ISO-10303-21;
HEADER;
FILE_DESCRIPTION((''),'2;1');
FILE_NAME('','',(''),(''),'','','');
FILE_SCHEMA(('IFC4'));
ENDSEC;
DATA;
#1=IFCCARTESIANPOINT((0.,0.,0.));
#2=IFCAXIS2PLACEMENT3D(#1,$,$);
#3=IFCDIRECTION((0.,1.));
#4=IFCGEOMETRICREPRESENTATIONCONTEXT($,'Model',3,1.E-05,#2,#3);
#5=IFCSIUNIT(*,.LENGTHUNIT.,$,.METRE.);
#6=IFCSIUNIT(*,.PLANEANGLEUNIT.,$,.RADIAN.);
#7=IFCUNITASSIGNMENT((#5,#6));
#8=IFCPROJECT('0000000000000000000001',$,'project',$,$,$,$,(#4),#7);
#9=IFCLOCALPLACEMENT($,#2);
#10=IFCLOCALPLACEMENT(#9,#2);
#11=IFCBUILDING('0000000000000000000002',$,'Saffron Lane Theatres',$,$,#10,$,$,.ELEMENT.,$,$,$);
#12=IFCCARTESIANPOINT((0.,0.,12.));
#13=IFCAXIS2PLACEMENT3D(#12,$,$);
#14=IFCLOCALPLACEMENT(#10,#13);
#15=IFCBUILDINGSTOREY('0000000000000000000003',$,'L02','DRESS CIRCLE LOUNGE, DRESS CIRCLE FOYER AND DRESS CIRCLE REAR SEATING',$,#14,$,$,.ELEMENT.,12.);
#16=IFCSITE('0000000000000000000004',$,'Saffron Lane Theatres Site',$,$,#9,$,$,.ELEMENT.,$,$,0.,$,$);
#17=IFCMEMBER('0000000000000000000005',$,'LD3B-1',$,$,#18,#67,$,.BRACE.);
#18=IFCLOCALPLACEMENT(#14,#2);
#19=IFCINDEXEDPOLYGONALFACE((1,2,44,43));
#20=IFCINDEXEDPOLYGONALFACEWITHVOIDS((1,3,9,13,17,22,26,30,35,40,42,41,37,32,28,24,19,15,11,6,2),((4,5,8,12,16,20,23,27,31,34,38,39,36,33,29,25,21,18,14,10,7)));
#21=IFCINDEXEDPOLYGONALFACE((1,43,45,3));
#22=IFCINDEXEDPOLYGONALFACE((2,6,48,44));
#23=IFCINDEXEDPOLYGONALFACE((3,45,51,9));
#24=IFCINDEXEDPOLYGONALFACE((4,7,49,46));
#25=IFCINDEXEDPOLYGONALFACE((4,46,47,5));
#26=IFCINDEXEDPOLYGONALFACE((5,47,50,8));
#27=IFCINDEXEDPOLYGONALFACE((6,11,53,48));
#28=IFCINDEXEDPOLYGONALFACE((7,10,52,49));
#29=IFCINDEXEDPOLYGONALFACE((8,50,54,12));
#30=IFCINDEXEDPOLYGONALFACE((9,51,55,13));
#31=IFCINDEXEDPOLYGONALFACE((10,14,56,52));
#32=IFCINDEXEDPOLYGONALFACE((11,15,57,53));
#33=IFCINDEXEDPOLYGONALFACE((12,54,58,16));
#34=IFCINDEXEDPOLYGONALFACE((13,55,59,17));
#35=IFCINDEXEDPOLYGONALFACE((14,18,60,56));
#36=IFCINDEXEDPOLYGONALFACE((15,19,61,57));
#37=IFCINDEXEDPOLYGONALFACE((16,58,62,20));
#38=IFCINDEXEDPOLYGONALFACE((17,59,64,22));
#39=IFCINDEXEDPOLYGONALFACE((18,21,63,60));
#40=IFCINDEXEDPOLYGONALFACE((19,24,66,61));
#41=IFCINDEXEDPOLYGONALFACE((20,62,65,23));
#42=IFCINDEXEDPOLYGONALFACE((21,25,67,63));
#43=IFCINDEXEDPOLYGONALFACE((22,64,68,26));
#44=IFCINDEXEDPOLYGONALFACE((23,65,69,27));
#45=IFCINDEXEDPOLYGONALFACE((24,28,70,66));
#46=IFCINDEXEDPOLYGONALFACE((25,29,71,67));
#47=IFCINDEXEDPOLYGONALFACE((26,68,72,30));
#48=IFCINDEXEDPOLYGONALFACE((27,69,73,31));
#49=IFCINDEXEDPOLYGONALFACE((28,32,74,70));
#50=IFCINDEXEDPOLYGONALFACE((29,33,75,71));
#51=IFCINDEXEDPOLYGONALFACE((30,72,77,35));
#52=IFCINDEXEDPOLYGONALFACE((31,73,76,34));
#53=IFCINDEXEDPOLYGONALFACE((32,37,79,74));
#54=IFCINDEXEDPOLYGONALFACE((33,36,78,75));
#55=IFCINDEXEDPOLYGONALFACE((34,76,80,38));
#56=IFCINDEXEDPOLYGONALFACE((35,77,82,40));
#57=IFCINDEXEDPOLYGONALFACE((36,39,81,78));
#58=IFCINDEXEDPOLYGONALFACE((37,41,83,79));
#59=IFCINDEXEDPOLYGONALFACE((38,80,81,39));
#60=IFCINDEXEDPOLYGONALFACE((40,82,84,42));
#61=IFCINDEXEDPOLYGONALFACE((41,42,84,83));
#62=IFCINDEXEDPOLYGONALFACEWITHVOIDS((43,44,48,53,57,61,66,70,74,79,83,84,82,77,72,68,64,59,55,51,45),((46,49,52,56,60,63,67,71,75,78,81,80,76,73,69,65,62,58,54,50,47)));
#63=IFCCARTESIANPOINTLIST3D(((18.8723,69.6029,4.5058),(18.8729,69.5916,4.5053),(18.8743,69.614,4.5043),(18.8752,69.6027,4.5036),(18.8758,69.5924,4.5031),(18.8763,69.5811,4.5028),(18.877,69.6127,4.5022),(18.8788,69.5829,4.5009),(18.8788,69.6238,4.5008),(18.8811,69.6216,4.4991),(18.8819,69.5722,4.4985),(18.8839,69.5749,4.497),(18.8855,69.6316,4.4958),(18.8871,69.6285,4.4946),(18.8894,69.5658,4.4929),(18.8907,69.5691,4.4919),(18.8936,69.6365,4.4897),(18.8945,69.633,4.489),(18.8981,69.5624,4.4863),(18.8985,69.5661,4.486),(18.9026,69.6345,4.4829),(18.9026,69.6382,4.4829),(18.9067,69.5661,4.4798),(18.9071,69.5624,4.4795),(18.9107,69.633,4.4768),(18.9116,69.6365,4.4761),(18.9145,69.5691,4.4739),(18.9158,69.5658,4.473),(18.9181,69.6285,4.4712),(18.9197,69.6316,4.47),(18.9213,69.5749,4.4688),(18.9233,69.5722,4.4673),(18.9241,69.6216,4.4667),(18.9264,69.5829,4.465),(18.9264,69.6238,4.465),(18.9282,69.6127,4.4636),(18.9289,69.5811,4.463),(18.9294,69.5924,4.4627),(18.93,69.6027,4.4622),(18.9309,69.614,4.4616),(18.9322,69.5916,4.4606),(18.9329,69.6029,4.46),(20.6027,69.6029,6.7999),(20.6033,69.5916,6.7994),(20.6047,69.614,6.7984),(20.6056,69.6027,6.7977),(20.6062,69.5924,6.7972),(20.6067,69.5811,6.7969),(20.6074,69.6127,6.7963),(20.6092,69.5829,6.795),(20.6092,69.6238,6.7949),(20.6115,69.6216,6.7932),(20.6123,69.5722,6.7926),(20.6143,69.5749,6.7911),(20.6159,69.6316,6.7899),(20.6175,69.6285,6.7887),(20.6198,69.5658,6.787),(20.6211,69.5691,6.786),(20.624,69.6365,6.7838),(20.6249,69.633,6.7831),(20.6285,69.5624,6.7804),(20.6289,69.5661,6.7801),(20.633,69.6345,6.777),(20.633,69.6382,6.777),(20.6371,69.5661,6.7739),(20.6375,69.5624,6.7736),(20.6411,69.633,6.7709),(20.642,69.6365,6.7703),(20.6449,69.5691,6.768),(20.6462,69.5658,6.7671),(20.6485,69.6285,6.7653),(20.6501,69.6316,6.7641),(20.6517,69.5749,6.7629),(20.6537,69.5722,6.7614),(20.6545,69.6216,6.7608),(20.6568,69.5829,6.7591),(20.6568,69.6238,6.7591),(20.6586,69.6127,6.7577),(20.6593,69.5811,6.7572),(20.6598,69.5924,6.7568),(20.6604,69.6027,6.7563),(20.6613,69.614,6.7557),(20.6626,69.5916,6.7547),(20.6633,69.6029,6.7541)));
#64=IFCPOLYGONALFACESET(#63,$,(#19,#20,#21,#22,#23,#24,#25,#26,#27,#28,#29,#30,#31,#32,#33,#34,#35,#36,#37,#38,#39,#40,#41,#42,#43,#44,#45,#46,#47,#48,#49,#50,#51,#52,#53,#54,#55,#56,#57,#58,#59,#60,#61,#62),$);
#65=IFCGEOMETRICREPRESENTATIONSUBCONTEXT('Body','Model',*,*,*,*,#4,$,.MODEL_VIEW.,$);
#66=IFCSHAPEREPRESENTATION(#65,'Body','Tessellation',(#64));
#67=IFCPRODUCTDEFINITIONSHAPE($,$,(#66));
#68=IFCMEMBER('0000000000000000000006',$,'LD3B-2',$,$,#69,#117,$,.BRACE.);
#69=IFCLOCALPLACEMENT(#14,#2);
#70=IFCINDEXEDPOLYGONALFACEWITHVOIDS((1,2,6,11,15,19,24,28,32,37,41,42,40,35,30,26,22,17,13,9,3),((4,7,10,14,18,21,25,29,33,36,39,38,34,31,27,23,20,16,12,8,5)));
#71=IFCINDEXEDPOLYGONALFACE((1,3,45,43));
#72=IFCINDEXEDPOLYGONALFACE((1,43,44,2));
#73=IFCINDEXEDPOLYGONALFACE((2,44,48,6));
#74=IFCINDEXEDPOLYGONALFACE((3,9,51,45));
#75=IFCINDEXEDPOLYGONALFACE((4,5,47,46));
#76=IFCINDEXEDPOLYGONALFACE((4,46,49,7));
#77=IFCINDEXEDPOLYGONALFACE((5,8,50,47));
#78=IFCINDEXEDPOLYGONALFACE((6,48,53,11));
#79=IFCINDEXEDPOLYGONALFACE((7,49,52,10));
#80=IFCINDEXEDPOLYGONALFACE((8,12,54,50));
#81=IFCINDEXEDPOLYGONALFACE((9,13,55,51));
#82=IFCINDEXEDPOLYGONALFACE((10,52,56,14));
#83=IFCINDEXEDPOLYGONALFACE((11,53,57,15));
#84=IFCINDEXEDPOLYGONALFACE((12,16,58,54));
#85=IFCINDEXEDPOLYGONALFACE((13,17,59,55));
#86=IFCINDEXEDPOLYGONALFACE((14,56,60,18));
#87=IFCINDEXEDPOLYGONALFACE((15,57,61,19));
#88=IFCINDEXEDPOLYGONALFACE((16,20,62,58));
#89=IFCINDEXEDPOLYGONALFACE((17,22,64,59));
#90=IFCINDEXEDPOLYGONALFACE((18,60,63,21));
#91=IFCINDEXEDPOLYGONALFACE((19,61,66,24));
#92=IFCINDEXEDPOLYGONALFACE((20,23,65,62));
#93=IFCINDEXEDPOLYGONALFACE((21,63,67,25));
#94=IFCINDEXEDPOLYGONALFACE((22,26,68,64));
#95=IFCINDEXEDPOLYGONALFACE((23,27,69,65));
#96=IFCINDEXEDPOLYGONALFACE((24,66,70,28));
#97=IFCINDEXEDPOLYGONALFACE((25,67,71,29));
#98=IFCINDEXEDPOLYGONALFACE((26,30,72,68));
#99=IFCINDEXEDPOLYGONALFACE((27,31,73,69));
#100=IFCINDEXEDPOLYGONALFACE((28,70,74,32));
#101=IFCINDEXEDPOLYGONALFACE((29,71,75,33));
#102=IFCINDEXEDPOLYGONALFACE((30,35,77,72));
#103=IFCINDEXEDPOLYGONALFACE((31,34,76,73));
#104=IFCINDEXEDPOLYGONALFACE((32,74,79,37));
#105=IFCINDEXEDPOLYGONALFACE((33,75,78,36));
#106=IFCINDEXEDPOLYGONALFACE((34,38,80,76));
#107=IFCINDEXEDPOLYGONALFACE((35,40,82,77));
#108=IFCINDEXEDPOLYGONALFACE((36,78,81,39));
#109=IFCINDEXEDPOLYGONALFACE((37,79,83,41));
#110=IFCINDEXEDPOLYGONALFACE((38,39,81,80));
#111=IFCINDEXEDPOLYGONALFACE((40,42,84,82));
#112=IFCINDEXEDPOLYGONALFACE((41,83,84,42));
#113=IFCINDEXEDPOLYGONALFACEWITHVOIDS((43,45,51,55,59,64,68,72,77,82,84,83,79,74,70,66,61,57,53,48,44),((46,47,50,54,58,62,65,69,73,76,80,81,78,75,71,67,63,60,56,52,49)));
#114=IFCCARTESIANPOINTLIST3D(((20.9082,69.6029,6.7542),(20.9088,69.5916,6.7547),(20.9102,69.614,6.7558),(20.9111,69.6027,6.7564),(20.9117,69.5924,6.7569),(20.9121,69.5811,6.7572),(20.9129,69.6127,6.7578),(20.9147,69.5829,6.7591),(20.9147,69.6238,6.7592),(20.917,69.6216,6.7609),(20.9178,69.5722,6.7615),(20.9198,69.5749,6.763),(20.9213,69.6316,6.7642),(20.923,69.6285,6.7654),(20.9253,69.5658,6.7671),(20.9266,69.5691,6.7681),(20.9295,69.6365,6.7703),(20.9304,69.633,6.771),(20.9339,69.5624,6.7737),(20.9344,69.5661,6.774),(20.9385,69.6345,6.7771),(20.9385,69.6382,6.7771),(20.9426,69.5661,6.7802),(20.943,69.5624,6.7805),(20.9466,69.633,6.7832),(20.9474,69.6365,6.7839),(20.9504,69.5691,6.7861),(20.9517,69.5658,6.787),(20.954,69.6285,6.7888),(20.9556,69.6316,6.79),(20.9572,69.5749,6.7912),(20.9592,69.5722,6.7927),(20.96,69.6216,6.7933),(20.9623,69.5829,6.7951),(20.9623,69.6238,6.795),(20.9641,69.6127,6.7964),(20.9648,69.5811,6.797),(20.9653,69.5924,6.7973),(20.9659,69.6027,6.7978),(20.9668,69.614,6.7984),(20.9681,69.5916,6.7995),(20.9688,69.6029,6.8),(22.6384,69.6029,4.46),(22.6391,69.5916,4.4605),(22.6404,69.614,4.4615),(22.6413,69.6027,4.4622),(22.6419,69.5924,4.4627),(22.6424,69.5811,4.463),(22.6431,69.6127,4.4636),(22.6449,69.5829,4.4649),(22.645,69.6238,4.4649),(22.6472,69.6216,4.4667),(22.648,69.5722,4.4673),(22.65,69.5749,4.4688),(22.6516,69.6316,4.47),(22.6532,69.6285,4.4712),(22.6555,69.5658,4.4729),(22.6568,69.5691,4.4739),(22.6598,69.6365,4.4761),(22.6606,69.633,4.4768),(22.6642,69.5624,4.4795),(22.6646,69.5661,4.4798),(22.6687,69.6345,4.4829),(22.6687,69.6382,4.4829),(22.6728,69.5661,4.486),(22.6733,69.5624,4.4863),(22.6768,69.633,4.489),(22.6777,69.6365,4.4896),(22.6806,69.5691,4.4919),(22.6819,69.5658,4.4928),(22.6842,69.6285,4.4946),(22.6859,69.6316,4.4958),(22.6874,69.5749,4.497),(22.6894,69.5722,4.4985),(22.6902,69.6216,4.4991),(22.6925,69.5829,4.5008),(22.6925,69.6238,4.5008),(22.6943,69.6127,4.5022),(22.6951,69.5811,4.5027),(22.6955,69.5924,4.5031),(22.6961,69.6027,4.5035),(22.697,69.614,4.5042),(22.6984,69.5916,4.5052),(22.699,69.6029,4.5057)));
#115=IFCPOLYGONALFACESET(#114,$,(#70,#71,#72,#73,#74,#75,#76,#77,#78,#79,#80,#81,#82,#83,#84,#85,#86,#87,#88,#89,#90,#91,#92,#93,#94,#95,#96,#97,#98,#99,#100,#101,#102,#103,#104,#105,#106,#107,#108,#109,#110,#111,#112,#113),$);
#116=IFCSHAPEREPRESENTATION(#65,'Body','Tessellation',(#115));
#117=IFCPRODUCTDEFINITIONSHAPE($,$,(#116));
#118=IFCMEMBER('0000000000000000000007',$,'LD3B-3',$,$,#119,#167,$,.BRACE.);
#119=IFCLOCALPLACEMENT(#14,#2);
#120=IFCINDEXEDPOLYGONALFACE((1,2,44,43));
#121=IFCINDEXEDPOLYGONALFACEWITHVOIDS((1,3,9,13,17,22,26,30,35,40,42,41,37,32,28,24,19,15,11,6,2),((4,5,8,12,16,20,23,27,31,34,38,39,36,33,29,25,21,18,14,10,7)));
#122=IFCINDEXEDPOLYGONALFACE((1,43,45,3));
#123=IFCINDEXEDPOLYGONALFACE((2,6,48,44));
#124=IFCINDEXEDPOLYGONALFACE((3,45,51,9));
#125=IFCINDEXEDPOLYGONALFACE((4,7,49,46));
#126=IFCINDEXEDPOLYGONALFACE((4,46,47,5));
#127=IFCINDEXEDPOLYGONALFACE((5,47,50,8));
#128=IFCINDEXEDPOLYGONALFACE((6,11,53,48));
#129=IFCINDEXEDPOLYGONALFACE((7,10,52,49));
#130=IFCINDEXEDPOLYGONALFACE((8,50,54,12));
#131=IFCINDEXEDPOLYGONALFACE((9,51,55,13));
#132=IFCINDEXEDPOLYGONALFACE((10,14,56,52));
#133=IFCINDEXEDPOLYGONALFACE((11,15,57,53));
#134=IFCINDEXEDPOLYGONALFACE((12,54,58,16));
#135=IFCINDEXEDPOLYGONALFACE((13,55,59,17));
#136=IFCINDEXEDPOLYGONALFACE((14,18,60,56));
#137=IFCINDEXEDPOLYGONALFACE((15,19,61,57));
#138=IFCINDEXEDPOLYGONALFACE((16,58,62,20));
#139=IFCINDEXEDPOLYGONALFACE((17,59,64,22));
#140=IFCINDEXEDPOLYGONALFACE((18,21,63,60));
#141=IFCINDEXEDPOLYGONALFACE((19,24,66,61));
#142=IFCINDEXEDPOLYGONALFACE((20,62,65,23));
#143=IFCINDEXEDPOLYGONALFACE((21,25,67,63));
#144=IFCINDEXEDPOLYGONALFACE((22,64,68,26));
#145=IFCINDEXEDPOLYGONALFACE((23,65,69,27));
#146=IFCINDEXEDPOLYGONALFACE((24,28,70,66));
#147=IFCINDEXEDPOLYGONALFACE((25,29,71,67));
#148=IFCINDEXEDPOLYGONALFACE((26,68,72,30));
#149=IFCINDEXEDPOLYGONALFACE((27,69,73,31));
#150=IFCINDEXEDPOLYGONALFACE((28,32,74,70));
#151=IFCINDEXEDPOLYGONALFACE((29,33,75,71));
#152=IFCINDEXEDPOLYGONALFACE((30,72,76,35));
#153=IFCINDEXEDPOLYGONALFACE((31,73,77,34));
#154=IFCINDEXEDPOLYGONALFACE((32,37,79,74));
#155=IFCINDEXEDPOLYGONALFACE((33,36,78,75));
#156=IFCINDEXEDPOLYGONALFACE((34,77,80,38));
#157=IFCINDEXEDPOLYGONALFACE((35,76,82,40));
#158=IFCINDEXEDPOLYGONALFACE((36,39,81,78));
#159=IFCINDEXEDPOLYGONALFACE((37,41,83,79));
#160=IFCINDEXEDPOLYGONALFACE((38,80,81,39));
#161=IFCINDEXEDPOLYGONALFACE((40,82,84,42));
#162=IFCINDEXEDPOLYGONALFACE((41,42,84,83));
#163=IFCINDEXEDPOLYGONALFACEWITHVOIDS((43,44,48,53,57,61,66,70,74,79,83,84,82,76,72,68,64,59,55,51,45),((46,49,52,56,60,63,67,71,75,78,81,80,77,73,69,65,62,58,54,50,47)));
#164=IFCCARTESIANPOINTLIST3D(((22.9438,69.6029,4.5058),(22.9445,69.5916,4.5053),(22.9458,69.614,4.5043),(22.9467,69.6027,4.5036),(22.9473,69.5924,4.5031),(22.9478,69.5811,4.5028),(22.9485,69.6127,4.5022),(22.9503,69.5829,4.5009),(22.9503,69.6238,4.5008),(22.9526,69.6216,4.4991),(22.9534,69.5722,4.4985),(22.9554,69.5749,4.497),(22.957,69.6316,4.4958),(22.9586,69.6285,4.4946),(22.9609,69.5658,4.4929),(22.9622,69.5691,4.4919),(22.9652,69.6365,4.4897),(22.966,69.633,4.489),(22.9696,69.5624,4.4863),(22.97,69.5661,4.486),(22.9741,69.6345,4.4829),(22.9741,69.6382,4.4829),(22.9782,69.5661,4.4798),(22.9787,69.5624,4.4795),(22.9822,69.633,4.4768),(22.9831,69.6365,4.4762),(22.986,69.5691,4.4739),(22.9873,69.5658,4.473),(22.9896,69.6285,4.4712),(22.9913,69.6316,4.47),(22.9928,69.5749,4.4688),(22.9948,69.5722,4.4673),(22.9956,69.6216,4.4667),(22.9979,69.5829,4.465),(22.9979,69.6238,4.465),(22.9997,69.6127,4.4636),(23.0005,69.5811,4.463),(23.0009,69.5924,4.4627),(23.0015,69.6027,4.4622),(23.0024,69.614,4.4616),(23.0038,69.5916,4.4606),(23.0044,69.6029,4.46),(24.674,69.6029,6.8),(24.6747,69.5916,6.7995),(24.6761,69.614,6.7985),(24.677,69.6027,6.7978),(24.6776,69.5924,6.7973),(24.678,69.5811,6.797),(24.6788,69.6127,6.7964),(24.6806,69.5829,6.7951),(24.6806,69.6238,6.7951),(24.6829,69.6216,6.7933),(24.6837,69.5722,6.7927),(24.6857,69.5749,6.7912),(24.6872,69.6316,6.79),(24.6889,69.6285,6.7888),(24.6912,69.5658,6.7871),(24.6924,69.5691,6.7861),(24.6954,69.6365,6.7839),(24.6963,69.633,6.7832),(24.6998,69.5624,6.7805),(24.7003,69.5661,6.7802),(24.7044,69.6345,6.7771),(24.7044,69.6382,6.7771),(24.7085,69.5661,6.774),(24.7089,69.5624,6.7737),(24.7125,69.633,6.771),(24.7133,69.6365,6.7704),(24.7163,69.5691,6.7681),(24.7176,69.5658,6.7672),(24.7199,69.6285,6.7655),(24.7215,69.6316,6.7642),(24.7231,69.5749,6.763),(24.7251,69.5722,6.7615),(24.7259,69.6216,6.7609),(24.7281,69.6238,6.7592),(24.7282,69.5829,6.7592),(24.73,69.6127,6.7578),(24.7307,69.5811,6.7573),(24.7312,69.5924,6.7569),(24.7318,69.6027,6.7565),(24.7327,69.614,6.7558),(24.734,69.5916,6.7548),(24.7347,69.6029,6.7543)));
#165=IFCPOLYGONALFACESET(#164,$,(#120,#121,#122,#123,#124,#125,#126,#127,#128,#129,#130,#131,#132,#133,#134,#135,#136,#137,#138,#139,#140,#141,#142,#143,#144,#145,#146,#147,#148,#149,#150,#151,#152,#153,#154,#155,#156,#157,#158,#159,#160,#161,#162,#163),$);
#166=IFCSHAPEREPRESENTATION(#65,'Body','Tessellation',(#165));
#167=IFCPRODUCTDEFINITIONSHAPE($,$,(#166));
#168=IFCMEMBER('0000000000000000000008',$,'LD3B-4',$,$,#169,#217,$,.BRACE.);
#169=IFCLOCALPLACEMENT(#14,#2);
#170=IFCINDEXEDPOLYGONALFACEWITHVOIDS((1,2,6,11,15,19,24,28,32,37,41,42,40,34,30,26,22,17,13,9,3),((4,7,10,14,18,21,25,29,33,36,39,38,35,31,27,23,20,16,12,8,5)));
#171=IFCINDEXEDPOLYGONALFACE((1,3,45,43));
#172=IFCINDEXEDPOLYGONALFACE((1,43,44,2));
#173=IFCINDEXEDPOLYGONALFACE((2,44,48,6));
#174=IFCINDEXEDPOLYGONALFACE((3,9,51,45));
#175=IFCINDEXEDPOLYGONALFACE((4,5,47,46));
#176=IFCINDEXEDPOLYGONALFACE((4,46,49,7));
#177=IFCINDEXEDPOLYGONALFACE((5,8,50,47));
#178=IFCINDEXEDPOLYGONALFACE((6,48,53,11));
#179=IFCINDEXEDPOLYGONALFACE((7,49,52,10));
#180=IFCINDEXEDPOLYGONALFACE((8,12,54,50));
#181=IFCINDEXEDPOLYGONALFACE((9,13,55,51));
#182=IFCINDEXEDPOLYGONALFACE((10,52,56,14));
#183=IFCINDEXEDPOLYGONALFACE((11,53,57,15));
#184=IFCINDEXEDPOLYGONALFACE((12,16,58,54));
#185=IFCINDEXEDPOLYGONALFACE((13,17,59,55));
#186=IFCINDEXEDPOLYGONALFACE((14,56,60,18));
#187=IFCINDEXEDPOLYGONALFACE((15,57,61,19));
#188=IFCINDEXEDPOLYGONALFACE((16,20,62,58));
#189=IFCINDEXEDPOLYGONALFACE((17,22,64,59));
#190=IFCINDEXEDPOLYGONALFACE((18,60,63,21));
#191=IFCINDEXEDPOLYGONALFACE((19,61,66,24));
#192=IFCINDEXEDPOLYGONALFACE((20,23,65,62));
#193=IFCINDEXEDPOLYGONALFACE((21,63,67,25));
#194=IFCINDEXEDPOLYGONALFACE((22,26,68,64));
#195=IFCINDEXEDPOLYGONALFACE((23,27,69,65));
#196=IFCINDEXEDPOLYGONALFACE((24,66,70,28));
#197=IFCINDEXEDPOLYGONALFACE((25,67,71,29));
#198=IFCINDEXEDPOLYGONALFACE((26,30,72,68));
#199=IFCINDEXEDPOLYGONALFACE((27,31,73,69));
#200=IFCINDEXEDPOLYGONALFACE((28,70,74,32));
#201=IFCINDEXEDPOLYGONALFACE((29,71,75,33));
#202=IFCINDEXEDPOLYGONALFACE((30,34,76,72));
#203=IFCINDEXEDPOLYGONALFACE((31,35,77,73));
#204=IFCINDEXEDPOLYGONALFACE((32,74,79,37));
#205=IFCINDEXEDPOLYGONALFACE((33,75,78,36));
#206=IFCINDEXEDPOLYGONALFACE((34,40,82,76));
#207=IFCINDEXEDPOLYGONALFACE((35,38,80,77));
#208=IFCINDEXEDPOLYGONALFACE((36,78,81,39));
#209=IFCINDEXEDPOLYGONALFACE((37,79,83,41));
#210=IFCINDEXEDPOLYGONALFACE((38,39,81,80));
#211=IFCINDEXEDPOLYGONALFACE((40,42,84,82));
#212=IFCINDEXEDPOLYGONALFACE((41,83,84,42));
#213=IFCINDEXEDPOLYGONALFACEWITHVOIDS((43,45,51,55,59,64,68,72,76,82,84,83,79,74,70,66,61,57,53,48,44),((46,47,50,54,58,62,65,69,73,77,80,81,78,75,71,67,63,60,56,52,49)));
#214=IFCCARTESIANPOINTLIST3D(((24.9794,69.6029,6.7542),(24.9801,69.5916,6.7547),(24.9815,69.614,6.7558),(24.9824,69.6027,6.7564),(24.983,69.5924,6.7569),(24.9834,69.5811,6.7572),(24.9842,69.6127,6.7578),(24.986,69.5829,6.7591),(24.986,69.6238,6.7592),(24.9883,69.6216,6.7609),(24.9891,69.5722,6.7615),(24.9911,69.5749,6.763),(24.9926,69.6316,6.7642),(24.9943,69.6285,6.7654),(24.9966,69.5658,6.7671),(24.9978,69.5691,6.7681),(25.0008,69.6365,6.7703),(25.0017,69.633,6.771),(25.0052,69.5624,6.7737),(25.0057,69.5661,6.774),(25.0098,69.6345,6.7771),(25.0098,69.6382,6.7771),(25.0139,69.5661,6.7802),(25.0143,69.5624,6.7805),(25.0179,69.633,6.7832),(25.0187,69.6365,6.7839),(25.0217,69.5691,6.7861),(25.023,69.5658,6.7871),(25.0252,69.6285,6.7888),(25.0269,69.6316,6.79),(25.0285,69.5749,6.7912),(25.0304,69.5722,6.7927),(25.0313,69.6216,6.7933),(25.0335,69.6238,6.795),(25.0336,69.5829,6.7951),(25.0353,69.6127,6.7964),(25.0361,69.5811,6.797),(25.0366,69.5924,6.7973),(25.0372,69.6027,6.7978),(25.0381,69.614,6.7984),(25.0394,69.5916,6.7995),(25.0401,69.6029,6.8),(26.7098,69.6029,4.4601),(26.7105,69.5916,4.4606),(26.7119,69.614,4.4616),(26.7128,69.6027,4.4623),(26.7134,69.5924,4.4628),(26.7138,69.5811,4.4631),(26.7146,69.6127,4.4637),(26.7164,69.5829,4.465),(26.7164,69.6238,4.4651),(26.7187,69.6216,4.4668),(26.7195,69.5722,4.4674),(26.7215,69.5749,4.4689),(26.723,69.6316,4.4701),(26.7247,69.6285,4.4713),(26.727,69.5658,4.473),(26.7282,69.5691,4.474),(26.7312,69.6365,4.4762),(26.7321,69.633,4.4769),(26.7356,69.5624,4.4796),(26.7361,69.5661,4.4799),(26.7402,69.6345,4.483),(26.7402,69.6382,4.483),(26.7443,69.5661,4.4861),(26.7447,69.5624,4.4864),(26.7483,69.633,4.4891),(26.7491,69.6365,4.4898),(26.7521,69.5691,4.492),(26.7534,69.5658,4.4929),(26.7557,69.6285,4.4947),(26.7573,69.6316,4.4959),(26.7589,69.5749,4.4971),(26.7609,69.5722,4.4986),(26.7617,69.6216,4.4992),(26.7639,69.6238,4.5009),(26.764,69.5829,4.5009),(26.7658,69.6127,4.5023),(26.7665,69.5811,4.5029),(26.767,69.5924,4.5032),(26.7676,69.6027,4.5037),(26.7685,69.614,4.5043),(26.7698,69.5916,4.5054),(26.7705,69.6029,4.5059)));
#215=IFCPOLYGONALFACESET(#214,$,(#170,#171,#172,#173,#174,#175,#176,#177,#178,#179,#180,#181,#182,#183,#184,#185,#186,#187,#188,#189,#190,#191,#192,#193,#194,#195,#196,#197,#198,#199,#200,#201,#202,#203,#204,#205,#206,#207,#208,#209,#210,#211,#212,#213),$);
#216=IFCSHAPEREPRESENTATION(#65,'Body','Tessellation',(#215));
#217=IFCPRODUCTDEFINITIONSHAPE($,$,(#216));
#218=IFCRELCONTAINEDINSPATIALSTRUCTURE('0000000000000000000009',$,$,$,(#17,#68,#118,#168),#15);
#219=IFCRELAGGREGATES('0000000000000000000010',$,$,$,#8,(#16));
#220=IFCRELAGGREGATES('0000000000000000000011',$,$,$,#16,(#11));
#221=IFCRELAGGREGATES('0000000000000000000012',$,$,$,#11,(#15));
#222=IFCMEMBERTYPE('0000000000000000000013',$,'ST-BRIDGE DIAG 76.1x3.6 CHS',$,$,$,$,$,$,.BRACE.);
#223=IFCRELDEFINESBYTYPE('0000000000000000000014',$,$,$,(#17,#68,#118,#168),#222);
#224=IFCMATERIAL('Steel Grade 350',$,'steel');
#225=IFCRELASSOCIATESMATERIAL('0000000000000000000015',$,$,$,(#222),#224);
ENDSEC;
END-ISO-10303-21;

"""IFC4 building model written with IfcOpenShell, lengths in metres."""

from ifc_helpers import new_model, si_unit, direction, frame, origin, origin_2d, place, context, subcontext, project, spatial, hollow_circle, extrude, material, material_profile, profile_set, type_object, element, save


model = new_model("IFC4")

# Units and contexts
model_context = context("Model", 3, precision=1e-05, world=origin(), true_north=direction((0.0, 1.0)))
body_context = subcontext(model_context, "Body", "Model", "MODEL_VIEW")
ifc_project = project(units=[si_unit("LENGTHUNIT", "METRE"), si_unit("PLANEANGLEUNIT", "RADIAN")], contexts=[model_context])

# Site, building, storey
site_placement = place(None, origin())
site = spatial("IfcSite", under=ifc_project, at=site_placement, Name="Saffron Lane Theatres Site", CompositionType="ELEMENT", RefElevation=0.0)
building_placement = place(site_placement, origin())
building = spatial("IfcBuilding", under=site, at=building_placement, Name="Saffron Lane Theatres", CompositionType="ELEMENT")
storey_placement = place(building_placement, frame((0.0, 0.0, 12.0)))
storey = spatial("IfcBuildingStorey", under=building, at=storey_placement, Name="L02", Description="DRESS CIRCLE LOUNGE, DRESS CIRCLE FOYER AND DRESS CIRCLE REAR SEATING", CompositionType="ELEMENT", Elevation=12.0)

# Members
ifc_material_1 = material(Name="Steel Grade 350", Category="steel")
ifc_material_profile_1 = material_profile(ifc_material_1, hollow_circle(Radius=0.0381, WallThickness=0.0037, at=origin_2d()))
ifc_profile_set_1 = profile_set([ifc_material_profile_1], Name="Steel Grade 350")
member_type = type_object("IfcMemberType", Name="ST-BRIDGE DIAG 76.1x3.6 CHS", PredefinedType="BRACE", material=ifc_profile_set_1)
for number, where, z_axis, x_axis, name in (
    (1, (18.9026, 69.6001, 4.4829), (0.602186, 0.0, 0.798356), (0.0, 1.0, 0.0), "LD3B-1"),
    (2, (20.9385, 69.6001, 6.7771), (0.602132, 0.0, -0.798396), (0.0, 1.0, 0.0), "LD3B-2"),
    (3, (22.9741, 69.6001, 4.4829), (0.602132, 0.0, 0.798396), (0.0, 1.0, 0.0), "LD3B-3"),
    (4, (25.0098, 69.6001, 6.7771), (0.602186, 0.0, -0.798356), (0.0, 1.0, 0.0), "LD3B-4"),
):
    element("IfcMember", number, at=place(storey_placement, frame(where, z_axis=z_axis, x_axis=x_axis)), inside=storey, type_object=member_type, Name=name, PredefinedType="BRACE", context=body_context, shape_type="SweptSolid", body=[
        extrude(hollow_circle(Radius=0.0381, WallThickness=0.0037, at=origin_2d()), origin(), (0.0, 0.0, 1.0), 2.8735),
    ])

save(model, "model.ifc")
